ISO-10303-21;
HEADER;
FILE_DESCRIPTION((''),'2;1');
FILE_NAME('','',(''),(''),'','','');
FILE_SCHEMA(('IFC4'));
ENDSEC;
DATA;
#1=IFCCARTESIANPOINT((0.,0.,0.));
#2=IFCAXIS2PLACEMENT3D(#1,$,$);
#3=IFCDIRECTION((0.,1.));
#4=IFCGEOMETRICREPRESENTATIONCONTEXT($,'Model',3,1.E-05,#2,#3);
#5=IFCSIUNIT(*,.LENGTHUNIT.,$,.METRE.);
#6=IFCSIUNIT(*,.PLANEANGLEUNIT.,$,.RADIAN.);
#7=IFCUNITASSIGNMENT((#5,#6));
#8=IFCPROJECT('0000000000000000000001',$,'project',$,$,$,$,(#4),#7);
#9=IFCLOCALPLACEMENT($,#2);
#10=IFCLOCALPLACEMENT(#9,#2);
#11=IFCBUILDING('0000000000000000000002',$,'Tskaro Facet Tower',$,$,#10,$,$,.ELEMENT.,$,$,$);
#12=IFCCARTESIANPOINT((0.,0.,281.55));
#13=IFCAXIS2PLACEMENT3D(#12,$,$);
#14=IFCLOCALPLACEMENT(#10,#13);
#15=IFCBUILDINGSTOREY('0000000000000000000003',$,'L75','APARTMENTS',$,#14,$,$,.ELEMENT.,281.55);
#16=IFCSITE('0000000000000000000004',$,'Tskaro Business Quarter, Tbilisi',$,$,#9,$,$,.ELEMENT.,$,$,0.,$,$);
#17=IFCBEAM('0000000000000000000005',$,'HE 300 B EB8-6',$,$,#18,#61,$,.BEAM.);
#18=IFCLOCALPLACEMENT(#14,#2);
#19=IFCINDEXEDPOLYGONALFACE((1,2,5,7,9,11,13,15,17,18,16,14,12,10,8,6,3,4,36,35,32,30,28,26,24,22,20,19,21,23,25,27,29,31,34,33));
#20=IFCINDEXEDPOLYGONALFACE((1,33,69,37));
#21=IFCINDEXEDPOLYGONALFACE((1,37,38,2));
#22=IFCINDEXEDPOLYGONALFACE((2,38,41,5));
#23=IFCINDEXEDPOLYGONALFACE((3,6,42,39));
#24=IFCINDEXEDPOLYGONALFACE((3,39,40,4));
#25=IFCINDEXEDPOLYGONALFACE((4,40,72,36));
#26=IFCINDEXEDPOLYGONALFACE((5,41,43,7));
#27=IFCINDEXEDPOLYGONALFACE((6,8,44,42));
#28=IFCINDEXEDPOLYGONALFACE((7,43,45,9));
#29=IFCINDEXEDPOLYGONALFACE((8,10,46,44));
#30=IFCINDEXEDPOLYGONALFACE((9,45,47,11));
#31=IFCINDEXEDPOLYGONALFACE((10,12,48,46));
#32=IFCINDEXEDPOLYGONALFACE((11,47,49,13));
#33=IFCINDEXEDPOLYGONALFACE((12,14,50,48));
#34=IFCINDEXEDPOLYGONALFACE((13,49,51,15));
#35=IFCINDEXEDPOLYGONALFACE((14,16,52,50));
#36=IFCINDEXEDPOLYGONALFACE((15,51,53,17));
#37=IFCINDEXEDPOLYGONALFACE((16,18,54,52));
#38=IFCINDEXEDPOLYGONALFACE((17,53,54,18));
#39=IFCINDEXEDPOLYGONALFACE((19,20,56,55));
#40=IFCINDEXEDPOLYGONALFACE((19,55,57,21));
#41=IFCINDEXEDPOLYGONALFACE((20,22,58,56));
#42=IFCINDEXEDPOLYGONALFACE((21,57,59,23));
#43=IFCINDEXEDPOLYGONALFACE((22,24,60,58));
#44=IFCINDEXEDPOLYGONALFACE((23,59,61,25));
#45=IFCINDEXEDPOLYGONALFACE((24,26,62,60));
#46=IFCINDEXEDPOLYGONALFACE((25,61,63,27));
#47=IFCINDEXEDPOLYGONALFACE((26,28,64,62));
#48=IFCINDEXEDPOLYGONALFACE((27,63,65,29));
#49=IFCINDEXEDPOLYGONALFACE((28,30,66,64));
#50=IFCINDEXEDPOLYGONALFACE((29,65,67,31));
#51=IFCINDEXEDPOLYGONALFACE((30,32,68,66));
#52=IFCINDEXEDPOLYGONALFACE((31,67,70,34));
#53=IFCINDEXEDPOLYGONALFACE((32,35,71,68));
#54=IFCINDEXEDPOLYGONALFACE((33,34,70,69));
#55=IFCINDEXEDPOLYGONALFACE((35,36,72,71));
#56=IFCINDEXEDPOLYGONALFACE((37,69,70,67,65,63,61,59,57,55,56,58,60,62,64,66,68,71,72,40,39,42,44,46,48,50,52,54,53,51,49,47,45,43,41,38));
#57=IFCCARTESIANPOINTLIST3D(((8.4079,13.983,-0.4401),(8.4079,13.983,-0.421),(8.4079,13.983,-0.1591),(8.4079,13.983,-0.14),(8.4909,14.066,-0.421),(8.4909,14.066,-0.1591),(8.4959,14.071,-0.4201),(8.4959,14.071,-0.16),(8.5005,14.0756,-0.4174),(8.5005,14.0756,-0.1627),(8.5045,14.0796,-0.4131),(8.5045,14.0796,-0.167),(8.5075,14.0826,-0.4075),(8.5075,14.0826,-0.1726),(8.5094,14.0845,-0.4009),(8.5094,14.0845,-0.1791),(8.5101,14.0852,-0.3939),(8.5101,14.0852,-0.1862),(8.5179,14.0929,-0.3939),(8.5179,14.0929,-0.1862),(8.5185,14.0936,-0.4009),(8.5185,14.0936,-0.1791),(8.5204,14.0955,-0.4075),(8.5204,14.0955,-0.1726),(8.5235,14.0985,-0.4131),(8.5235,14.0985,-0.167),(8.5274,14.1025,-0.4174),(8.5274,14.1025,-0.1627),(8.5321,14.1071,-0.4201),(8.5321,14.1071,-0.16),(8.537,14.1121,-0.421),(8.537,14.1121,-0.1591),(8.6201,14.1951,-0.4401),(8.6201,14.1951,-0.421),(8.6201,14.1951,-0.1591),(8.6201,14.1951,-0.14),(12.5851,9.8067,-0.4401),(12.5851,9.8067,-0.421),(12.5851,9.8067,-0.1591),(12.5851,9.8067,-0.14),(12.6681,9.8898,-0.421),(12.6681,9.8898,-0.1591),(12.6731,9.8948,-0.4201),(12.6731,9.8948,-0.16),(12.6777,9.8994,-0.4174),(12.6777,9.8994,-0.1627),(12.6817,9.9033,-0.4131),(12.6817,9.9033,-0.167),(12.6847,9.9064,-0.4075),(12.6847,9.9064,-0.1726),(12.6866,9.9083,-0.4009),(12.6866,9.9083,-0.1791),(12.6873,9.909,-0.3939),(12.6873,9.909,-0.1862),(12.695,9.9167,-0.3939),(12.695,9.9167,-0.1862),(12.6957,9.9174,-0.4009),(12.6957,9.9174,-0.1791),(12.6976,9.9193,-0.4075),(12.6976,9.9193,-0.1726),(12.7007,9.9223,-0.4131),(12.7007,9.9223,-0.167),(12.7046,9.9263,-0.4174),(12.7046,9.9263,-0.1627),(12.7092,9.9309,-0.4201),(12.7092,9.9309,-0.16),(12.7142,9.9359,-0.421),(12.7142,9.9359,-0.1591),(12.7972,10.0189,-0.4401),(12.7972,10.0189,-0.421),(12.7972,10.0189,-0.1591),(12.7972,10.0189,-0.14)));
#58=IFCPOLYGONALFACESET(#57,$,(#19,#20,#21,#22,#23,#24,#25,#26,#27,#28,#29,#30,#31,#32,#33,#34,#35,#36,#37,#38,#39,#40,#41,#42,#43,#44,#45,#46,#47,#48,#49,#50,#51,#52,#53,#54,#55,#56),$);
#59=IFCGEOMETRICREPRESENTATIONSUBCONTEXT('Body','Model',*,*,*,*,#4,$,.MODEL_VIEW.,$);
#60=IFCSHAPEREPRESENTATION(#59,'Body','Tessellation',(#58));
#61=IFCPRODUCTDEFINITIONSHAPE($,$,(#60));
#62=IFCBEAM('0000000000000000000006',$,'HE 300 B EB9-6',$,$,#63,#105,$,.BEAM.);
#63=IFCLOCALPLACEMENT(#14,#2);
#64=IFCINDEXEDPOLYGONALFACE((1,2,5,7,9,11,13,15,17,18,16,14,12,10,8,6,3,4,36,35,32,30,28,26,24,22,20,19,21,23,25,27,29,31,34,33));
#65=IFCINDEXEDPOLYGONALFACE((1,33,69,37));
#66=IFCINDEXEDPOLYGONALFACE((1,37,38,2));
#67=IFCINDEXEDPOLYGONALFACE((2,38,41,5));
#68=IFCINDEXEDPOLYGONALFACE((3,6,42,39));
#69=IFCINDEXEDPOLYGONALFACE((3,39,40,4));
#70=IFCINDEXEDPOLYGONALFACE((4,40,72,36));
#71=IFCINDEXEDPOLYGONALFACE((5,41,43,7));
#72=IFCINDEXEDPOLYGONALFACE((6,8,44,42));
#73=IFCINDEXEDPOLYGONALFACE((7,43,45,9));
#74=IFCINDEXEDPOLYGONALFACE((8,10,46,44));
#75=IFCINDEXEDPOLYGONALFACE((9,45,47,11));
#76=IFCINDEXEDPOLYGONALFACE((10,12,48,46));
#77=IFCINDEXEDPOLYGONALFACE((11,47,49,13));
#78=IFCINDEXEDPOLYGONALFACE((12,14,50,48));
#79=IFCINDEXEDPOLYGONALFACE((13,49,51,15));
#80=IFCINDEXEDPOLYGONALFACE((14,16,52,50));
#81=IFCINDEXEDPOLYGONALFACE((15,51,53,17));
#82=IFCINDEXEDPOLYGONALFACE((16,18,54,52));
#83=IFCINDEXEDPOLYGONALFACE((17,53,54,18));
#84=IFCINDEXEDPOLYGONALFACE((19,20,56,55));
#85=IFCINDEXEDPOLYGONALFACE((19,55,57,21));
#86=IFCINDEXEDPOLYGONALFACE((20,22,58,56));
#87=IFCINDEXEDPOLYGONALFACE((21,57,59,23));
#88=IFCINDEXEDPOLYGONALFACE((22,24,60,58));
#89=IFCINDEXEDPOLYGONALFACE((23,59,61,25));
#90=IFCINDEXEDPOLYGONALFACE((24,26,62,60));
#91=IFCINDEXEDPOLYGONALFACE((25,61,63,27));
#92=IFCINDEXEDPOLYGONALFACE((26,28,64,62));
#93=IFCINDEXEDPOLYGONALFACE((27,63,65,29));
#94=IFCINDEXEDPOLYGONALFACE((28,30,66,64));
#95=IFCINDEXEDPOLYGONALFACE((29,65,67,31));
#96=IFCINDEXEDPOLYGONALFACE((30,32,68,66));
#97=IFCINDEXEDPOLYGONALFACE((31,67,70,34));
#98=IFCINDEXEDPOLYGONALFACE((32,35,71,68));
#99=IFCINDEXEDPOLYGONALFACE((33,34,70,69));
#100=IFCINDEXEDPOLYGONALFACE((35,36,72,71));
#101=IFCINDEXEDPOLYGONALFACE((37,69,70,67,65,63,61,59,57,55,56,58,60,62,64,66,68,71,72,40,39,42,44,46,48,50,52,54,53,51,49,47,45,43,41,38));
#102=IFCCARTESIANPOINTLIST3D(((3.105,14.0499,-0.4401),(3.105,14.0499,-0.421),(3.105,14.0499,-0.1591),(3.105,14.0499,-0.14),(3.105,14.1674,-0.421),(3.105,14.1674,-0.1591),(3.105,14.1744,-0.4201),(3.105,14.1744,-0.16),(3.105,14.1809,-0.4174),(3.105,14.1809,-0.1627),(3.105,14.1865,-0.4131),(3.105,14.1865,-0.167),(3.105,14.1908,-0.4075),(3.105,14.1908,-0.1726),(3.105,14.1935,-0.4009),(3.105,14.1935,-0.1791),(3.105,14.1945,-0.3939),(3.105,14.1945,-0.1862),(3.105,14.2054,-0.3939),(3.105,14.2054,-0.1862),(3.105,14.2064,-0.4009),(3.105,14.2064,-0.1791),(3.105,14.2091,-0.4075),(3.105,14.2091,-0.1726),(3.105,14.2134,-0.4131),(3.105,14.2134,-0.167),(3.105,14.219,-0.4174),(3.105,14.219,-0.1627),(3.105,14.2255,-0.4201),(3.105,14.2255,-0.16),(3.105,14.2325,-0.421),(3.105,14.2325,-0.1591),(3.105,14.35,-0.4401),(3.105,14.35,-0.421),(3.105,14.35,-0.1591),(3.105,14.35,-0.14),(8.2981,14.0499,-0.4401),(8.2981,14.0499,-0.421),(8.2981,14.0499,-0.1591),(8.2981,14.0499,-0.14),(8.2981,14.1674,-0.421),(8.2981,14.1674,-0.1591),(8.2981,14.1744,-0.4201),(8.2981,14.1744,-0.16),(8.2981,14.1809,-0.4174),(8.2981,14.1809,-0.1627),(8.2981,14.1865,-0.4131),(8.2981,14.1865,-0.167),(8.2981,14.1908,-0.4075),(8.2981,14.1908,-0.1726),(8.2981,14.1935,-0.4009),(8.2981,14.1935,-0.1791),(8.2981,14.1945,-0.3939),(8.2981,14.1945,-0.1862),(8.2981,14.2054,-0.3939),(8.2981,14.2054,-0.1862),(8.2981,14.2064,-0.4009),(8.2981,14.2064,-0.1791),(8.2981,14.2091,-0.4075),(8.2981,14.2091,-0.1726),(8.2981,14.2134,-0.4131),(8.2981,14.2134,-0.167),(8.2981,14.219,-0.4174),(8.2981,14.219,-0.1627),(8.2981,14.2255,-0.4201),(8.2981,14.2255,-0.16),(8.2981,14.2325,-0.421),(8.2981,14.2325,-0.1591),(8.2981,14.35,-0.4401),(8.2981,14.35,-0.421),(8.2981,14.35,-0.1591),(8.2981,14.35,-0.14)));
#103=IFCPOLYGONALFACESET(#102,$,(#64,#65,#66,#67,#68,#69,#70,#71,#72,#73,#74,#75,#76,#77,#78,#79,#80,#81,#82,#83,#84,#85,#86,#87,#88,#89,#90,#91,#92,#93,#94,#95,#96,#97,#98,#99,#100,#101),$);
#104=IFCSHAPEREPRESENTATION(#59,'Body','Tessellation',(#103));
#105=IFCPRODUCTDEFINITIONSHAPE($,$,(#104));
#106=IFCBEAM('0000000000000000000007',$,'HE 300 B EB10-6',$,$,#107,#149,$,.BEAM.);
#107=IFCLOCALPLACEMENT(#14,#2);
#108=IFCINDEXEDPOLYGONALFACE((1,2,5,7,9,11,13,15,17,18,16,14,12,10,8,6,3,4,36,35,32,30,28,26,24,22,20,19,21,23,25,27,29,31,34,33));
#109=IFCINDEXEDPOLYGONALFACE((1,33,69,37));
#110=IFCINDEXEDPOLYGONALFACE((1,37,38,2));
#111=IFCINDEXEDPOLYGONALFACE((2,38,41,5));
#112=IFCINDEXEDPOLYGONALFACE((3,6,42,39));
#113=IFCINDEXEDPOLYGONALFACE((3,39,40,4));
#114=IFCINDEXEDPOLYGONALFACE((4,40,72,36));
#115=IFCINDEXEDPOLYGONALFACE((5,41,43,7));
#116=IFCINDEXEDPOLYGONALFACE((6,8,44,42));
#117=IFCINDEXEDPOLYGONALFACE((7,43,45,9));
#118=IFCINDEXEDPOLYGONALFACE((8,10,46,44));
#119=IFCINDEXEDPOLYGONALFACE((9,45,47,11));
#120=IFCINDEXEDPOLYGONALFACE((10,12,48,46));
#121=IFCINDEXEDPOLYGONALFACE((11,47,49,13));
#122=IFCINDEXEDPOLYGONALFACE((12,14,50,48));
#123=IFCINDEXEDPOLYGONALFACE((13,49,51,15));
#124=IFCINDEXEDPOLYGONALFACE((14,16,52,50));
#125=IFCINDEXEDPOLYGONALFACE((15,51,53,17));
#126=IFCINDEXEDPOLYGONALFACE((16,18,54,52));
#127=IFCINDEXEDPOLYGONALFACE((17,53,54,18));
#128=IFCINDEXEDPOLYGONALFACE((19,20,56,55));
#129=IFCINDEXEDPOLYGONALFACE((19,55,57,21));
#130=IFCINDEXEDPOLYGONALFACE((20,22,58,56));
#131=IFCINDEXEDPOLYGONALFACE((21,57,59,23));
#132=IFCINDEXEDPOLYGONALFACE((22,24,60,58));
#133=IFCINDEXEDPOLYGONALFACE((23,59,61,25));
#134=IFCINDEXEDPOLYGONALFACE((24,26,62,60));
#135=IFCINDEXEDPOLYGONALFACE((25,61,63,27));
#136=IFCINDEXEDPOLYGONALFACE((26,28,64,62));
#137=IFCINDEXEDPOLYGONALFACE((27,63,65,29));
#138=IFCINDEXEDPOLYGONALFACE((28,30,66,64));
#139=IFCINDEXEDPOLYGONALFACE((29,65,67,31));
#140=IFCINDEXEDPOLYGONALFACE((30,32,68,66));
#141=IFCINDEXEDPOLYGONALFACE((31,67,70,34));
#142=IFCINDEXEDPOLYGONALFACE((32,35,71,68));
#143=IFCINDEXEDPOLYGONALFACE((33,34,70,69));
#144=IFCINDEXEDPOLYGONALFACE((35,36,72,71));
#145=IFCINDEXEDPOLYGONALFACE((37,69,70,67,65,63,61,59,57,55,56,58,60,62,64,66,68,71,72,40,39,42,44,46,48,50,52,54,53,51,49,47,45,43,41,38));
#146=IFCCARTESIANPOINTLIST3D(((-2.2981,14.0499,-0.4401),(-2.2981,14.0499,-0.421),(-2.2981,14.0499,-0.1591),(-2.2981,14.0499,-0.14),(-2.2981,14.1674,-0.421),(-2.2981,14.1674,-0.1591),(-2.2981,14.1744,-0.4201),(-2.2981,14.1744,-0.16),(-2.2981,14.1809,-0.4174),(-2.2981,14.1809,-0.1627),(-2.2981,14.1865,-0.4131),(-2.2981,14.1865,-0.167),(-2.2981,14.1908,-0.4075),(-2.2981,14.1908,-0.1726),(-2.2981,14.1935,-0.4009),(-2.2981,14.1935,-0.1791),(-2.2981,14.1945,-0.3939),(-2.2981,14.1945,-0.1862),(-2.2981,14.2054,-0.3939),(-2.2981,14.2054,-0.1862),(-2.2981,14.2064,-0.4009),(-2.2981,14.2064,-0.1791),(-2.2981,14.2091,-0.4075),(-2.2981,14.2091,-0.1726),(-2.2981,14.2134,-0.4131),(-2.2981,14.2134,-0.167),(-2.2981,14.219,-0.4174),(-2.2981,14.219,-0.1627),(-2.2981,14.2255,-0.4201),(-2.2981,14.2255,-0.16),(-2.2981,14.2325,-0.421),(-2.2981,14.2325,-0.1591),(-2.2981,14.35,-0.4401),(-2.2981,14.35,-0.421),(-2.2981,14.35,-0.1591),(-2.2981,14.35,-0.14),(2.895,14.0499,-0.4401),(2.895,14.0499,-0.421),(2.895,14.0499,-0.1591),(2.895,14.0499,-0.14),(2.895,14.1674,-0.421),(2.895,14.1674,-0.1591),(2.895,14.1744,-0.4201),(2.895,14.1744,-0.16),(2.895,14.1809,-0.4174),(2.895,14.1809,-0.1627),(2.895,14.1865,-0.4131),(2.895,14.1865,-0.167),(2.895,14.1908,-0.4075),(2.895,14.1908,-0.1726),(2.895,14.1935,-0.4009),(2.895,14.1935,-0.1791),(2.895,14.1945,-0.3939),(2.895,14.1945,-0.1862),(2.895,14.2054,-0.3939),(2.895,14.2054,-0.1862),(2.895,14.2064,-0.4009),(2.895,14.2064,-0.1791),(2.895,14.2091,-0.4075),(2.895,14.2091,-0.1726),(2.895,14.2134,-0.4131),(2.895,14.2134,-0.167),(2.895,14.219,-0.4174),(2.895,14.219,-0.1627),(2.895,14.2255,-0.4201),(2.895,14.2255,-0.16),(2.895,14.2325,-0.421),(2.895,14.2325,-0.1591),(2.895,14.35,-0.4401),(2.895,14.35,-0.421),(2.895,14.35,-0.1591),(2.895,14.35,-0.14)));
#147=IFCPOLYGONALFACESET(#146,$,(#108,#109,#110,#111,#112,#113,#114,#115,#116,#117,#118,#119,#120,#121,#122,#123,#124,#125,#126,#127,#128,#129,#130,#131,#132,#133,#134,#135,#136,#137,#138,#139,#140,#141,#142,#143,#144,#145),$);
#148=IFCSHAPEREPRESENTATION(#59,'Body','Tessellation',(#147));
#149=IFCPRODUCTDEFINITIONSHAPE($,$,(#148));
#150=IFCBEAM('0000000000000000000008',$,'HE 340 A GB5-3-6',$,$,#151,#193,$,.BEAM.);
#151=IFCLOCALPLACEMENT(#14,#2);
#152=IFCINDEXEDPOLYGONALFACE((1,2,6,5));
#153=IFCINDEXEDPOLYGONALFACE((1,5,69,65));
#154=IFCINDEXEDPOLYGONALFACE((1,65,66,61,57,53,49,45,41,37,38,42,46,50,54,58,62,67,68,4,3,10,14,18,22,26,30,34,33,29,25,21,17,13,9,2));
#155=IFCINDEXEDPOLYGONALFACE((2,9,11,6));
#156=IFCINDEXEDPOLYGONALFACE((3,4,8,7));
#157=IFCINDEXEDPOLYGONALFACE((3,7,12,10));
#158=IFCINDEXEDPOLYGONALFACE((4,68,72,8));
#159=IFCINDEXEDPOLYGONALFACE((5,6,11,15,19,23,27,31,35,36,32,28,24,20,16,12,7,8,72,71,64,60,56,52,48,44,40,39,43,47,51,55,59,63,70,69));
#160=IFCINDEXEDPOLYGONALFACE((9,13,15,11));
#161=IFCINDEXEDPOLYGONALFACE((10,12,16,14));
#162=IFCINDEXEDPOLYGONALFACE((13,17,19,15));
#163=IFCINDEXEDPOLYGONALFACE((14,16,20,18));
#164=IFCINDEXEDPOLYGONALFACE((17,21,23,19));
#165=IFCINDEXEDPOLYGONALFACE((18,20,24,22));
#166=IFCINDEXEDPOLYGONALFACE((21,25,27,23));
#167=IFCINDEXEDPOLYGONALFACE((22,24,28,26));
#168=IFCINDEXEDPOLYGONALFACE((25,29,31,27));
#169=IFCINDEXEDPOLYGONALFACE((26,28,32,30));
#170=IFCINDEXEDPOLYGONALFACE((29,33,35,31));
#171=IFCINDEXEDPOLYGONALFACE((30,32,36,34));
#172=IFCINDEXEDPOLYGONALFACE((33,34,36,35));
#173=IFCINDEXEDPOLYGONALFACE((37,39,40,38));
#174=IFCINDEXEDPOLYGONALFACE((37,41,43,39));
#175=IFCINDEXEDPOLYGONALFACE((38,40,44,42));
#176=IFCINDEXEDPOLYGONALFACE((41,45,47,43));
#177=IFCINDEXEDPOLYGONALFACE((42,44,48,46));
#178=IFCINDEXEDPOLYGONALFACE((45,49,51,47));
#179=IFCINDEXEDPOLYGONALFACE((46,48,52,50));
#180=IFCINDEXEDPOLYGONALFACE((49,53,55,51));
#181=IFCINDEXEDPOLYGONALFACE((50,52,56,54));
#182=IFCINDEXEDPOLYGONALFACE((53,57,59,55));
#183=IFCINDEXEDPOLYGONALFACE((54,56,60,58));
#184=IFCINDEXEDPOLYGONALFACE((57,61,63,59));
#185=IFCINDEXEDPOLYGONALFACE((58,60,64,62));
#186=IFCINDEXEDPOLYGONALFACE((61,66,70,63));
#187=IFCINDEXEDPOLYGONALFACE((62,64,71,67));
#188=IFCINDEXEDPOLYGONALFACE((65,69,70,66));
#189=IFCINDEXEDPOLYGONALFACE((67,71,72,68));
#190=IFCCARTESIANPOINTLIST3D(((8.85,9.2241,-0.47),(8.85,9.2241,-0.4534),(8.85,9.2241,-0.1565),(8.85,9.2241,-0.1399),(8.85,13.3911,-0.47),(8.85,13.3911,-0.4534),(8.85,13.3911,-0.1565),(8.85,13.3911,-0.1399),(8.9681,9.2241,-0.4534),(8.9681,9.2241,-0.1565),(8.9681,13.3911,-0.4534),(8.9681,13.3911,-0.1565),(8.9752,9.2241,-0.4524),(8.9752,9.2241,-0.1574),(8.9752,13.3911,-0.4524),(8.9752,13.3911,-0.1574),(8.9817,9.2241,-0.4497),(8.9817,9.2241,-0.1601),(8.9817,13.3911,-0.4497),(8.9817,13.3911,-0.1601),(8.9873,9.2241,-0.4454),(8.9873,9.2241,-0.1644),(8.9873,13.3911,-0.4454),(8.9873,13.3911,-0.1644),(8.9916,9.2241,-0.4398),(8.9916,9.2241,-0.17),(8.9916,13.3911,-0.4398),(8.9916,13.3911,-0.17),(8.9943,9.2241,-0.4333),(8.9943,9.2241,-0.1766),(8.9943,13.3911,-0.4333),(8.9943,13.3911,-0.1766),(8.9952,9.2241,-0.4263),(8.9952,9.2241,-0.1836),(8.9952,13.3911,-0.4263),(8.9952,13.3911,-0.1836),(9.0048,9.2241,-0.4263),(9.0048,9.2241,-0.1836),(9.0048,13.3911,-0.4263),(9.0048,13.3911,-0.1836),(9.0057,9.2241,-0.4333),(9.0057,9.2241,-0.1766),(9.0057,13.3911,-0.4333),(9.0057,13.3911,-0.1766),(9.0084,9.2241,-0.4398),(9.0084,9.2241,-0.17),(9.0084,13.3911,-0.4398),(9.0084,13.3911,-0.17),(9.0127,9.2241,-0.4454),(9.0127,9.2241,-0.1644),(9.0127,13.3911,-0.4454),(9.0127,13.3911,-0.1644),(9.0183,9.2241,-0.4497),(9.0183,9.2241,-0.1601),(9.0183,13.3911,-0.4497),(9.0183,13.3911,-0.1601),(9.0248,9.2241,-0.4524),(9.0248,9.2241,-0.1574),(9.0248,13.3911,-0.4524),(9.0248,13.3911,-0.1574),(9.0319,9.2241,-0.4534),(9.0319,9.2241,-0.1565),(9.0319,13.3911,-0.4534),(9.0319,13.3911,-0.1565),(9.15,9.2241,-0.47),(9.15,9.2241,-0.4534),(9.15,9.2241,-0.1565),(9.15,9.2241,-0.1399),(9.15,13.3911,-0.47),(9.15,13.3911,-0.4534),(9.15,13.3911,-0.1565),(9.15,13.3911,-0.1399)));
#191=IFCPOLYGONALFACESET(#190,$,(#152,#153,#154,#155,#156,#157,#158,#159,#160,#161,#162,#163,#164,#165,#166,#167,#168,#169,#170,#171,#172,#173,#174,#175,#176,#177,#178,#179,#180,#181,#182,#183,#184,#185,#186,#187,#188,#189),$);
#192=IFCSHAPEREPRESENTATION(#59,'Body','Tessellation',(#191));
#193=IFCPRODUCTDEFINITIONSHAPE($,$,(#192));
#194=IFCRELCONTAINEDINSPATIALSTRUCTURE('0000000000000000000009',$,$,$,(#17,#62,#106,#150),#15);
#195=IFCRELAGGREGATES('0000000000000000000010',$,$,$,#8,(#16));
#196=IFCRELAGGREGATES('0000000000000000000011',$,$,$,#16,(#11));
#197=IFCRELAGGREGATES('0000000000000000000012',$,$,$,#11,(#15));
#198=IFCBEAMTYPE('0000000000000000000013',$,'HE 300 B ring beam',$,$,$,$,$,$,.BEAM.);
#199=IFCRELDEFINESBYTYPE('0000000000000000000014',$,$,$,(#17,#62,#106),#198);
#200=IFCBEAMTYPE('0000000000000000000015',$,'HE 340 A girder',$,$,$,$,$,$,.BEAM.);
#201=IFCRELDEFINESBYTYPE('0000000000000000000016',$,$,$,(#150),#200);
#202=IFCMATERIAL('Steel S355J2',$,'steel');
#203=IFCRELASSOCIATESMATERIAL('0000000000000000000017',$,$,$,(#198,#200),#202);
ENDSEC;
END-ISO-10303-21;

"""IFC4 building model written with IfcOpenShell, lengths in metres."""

from ifc_helpers import new_model, si_unit, direction, frame, origin, origin_2d, place, context, subcontext, project, spatial, i_section, extrude, material, material_profile, profile_set, type_object, element, save


model = new_model("IFC4")

# Units and contexts
model_context = context("Model", 3, precision=1e-05, world=origin(), true_north=direction((0.0, 1.0)))
body_context = subcontext(model_context, "Body", "Model", "MODEL_VIEW")
ifc_project = project(units=[si_unit("LENGTHUNIT", "METRE"), si_unit("PLANEANGLEUNIT", "RADIAN")], contexts=[model_context])

# Site, building, storey
site_placement = place(None, origin())
site = spatial("IfcSite", under=ifc_project, at=site_placement, Name="Tskaro Business Quarter, Tbilisi", CompositionType="ELEMENT", RefElevation=0.0)
building_placement = place(site_placement, origin())
building = spatial("IfcBuilding", under=site, at=building_placement, Name="Tskaro Facet Tower", CompositionType="ELEMENT")
storey_placement = place(building_placement, frame((0.0, 0.0, 281.55)))
storey = spatial("IfcBuildingStorey", under=building, at=storey_placement, Name="L75", Description="APARTMENTS", CompositionType="ELEMENT", Elevation=281.55)

# Shared definitions
ifc_material_1 = material(Name="Steel S355J2", Category="steel")

# Beams
ifc_material_profile_1 = material_profile(ifc_material_1, i_section(OverallWidth=0.3, OverallDepth=0.3, WebThickness=0.011, FlangeThickness=0.019, FilletRadius=0.0271, at=origin_2d()), Name="HE 300 B")
ifc_profile_set_1 = profile_set([ifc_material_profile_1], Name="Steel S355J2")
beam_type_1 = type_object("IfcBeamType", Name="HE 300 B ring beam", PredefinedType="BEAM", material=ifc_profile_set_1)
beam_1_placement = place(storey_placement, frame((12.6912, 9.9128, -0.29), z_axis=(-0.707189, 0.707024, 0.0), x_axis=(-0.707024, -0.707189, 0.0)))
element("IfcBeam", 1, at=beam_1_placement, inside=storey, type_object=beam_type_1, Name="HE 300 B EB8-6", PredefinedType="BEAM", context=body_context, shape_type="SweptSolid", body=[
    extrude(i_section(OverallWidth=0.3, OverallDepth=0.3, WebThickness=0.011, FlangeThickness=0.019, FilletRadius=0.0271, at=origin_2d()), origin(), (0.0, 0.0, 1.0), 5.9067),
])
for number, where, z_axis, x_axis, name in (
    (2, (8.2981, 14.2, -0.29), (-1.0, 0.0, 0.0), (0.0, -1.0, 0.0), "HE 300 B EB9-6"),
    (3, (2.895, 14.2, -0.29), (-1.0, 0.0, 0.0), (0.0, -1.0, 0.0), "HE 300 B EB10-6"),
):
    element("IfcBeam", number, at=place(storey_placement, frame(where, z_axis=z_axis, x_axis=x_axis)), inside=storey, type_object=beam_type_1, Name=name, PredefinedType="BEAM", context=body_context, shape_type="SweptSolid", body=[
        extrude(i_section(OverallWidth=0.3, OverallDepth=0.3, WebThickness=0.011, FlangeThickness=0.019, FilletRadius=0.0271, at=origin_2d()), origin(), (0.0, 0.0, 1.0), 5.1931),
    ])
ifc_material_profile_2 = material_profile(ifc_material_1, i_section(OverallWidth=0.3, OverallDepth=0.3301, WebThickness=0.0095, FlangeThickness=0.0166, FilletRadius=0.0271, at=origin_2d()), Name="HE 340 A")
ifc_profile_set_2 = profile_set([ifc_material_profile_2], Name="Steel S355J2")
beam_type_2 = type_object("IfcBeamType", Name="HE 340 A girder", PredefinedType="BEAM", material=ifc_profile_set_2)
beam_2_placement = place(storey_placement, frame((9.0, 9.2241, -0.3049), z_axis=(0.0, 1.0, 0.0), x_axis=(-1.0, 0.0, 0.0)))
element("IfcBeam", 4, at=beam_2_placement, inside=storey, type_object=beam_type_2, Name="HE 340 A GB5-3-6", PredefinedType="BEAM", context=body_context, shape_type="SweptSolid", body=[
    extrude(i_section(OverallWidth=0.3, OverallDepth=0.3301, WebThickness=0.0095, FlangeThickness=0.0166, FilletRadius=0.0271, at=origin_2d()), origin(), (0.0, 0.0, 1.0), 4.167),
])

save(model, "model.ifc")
